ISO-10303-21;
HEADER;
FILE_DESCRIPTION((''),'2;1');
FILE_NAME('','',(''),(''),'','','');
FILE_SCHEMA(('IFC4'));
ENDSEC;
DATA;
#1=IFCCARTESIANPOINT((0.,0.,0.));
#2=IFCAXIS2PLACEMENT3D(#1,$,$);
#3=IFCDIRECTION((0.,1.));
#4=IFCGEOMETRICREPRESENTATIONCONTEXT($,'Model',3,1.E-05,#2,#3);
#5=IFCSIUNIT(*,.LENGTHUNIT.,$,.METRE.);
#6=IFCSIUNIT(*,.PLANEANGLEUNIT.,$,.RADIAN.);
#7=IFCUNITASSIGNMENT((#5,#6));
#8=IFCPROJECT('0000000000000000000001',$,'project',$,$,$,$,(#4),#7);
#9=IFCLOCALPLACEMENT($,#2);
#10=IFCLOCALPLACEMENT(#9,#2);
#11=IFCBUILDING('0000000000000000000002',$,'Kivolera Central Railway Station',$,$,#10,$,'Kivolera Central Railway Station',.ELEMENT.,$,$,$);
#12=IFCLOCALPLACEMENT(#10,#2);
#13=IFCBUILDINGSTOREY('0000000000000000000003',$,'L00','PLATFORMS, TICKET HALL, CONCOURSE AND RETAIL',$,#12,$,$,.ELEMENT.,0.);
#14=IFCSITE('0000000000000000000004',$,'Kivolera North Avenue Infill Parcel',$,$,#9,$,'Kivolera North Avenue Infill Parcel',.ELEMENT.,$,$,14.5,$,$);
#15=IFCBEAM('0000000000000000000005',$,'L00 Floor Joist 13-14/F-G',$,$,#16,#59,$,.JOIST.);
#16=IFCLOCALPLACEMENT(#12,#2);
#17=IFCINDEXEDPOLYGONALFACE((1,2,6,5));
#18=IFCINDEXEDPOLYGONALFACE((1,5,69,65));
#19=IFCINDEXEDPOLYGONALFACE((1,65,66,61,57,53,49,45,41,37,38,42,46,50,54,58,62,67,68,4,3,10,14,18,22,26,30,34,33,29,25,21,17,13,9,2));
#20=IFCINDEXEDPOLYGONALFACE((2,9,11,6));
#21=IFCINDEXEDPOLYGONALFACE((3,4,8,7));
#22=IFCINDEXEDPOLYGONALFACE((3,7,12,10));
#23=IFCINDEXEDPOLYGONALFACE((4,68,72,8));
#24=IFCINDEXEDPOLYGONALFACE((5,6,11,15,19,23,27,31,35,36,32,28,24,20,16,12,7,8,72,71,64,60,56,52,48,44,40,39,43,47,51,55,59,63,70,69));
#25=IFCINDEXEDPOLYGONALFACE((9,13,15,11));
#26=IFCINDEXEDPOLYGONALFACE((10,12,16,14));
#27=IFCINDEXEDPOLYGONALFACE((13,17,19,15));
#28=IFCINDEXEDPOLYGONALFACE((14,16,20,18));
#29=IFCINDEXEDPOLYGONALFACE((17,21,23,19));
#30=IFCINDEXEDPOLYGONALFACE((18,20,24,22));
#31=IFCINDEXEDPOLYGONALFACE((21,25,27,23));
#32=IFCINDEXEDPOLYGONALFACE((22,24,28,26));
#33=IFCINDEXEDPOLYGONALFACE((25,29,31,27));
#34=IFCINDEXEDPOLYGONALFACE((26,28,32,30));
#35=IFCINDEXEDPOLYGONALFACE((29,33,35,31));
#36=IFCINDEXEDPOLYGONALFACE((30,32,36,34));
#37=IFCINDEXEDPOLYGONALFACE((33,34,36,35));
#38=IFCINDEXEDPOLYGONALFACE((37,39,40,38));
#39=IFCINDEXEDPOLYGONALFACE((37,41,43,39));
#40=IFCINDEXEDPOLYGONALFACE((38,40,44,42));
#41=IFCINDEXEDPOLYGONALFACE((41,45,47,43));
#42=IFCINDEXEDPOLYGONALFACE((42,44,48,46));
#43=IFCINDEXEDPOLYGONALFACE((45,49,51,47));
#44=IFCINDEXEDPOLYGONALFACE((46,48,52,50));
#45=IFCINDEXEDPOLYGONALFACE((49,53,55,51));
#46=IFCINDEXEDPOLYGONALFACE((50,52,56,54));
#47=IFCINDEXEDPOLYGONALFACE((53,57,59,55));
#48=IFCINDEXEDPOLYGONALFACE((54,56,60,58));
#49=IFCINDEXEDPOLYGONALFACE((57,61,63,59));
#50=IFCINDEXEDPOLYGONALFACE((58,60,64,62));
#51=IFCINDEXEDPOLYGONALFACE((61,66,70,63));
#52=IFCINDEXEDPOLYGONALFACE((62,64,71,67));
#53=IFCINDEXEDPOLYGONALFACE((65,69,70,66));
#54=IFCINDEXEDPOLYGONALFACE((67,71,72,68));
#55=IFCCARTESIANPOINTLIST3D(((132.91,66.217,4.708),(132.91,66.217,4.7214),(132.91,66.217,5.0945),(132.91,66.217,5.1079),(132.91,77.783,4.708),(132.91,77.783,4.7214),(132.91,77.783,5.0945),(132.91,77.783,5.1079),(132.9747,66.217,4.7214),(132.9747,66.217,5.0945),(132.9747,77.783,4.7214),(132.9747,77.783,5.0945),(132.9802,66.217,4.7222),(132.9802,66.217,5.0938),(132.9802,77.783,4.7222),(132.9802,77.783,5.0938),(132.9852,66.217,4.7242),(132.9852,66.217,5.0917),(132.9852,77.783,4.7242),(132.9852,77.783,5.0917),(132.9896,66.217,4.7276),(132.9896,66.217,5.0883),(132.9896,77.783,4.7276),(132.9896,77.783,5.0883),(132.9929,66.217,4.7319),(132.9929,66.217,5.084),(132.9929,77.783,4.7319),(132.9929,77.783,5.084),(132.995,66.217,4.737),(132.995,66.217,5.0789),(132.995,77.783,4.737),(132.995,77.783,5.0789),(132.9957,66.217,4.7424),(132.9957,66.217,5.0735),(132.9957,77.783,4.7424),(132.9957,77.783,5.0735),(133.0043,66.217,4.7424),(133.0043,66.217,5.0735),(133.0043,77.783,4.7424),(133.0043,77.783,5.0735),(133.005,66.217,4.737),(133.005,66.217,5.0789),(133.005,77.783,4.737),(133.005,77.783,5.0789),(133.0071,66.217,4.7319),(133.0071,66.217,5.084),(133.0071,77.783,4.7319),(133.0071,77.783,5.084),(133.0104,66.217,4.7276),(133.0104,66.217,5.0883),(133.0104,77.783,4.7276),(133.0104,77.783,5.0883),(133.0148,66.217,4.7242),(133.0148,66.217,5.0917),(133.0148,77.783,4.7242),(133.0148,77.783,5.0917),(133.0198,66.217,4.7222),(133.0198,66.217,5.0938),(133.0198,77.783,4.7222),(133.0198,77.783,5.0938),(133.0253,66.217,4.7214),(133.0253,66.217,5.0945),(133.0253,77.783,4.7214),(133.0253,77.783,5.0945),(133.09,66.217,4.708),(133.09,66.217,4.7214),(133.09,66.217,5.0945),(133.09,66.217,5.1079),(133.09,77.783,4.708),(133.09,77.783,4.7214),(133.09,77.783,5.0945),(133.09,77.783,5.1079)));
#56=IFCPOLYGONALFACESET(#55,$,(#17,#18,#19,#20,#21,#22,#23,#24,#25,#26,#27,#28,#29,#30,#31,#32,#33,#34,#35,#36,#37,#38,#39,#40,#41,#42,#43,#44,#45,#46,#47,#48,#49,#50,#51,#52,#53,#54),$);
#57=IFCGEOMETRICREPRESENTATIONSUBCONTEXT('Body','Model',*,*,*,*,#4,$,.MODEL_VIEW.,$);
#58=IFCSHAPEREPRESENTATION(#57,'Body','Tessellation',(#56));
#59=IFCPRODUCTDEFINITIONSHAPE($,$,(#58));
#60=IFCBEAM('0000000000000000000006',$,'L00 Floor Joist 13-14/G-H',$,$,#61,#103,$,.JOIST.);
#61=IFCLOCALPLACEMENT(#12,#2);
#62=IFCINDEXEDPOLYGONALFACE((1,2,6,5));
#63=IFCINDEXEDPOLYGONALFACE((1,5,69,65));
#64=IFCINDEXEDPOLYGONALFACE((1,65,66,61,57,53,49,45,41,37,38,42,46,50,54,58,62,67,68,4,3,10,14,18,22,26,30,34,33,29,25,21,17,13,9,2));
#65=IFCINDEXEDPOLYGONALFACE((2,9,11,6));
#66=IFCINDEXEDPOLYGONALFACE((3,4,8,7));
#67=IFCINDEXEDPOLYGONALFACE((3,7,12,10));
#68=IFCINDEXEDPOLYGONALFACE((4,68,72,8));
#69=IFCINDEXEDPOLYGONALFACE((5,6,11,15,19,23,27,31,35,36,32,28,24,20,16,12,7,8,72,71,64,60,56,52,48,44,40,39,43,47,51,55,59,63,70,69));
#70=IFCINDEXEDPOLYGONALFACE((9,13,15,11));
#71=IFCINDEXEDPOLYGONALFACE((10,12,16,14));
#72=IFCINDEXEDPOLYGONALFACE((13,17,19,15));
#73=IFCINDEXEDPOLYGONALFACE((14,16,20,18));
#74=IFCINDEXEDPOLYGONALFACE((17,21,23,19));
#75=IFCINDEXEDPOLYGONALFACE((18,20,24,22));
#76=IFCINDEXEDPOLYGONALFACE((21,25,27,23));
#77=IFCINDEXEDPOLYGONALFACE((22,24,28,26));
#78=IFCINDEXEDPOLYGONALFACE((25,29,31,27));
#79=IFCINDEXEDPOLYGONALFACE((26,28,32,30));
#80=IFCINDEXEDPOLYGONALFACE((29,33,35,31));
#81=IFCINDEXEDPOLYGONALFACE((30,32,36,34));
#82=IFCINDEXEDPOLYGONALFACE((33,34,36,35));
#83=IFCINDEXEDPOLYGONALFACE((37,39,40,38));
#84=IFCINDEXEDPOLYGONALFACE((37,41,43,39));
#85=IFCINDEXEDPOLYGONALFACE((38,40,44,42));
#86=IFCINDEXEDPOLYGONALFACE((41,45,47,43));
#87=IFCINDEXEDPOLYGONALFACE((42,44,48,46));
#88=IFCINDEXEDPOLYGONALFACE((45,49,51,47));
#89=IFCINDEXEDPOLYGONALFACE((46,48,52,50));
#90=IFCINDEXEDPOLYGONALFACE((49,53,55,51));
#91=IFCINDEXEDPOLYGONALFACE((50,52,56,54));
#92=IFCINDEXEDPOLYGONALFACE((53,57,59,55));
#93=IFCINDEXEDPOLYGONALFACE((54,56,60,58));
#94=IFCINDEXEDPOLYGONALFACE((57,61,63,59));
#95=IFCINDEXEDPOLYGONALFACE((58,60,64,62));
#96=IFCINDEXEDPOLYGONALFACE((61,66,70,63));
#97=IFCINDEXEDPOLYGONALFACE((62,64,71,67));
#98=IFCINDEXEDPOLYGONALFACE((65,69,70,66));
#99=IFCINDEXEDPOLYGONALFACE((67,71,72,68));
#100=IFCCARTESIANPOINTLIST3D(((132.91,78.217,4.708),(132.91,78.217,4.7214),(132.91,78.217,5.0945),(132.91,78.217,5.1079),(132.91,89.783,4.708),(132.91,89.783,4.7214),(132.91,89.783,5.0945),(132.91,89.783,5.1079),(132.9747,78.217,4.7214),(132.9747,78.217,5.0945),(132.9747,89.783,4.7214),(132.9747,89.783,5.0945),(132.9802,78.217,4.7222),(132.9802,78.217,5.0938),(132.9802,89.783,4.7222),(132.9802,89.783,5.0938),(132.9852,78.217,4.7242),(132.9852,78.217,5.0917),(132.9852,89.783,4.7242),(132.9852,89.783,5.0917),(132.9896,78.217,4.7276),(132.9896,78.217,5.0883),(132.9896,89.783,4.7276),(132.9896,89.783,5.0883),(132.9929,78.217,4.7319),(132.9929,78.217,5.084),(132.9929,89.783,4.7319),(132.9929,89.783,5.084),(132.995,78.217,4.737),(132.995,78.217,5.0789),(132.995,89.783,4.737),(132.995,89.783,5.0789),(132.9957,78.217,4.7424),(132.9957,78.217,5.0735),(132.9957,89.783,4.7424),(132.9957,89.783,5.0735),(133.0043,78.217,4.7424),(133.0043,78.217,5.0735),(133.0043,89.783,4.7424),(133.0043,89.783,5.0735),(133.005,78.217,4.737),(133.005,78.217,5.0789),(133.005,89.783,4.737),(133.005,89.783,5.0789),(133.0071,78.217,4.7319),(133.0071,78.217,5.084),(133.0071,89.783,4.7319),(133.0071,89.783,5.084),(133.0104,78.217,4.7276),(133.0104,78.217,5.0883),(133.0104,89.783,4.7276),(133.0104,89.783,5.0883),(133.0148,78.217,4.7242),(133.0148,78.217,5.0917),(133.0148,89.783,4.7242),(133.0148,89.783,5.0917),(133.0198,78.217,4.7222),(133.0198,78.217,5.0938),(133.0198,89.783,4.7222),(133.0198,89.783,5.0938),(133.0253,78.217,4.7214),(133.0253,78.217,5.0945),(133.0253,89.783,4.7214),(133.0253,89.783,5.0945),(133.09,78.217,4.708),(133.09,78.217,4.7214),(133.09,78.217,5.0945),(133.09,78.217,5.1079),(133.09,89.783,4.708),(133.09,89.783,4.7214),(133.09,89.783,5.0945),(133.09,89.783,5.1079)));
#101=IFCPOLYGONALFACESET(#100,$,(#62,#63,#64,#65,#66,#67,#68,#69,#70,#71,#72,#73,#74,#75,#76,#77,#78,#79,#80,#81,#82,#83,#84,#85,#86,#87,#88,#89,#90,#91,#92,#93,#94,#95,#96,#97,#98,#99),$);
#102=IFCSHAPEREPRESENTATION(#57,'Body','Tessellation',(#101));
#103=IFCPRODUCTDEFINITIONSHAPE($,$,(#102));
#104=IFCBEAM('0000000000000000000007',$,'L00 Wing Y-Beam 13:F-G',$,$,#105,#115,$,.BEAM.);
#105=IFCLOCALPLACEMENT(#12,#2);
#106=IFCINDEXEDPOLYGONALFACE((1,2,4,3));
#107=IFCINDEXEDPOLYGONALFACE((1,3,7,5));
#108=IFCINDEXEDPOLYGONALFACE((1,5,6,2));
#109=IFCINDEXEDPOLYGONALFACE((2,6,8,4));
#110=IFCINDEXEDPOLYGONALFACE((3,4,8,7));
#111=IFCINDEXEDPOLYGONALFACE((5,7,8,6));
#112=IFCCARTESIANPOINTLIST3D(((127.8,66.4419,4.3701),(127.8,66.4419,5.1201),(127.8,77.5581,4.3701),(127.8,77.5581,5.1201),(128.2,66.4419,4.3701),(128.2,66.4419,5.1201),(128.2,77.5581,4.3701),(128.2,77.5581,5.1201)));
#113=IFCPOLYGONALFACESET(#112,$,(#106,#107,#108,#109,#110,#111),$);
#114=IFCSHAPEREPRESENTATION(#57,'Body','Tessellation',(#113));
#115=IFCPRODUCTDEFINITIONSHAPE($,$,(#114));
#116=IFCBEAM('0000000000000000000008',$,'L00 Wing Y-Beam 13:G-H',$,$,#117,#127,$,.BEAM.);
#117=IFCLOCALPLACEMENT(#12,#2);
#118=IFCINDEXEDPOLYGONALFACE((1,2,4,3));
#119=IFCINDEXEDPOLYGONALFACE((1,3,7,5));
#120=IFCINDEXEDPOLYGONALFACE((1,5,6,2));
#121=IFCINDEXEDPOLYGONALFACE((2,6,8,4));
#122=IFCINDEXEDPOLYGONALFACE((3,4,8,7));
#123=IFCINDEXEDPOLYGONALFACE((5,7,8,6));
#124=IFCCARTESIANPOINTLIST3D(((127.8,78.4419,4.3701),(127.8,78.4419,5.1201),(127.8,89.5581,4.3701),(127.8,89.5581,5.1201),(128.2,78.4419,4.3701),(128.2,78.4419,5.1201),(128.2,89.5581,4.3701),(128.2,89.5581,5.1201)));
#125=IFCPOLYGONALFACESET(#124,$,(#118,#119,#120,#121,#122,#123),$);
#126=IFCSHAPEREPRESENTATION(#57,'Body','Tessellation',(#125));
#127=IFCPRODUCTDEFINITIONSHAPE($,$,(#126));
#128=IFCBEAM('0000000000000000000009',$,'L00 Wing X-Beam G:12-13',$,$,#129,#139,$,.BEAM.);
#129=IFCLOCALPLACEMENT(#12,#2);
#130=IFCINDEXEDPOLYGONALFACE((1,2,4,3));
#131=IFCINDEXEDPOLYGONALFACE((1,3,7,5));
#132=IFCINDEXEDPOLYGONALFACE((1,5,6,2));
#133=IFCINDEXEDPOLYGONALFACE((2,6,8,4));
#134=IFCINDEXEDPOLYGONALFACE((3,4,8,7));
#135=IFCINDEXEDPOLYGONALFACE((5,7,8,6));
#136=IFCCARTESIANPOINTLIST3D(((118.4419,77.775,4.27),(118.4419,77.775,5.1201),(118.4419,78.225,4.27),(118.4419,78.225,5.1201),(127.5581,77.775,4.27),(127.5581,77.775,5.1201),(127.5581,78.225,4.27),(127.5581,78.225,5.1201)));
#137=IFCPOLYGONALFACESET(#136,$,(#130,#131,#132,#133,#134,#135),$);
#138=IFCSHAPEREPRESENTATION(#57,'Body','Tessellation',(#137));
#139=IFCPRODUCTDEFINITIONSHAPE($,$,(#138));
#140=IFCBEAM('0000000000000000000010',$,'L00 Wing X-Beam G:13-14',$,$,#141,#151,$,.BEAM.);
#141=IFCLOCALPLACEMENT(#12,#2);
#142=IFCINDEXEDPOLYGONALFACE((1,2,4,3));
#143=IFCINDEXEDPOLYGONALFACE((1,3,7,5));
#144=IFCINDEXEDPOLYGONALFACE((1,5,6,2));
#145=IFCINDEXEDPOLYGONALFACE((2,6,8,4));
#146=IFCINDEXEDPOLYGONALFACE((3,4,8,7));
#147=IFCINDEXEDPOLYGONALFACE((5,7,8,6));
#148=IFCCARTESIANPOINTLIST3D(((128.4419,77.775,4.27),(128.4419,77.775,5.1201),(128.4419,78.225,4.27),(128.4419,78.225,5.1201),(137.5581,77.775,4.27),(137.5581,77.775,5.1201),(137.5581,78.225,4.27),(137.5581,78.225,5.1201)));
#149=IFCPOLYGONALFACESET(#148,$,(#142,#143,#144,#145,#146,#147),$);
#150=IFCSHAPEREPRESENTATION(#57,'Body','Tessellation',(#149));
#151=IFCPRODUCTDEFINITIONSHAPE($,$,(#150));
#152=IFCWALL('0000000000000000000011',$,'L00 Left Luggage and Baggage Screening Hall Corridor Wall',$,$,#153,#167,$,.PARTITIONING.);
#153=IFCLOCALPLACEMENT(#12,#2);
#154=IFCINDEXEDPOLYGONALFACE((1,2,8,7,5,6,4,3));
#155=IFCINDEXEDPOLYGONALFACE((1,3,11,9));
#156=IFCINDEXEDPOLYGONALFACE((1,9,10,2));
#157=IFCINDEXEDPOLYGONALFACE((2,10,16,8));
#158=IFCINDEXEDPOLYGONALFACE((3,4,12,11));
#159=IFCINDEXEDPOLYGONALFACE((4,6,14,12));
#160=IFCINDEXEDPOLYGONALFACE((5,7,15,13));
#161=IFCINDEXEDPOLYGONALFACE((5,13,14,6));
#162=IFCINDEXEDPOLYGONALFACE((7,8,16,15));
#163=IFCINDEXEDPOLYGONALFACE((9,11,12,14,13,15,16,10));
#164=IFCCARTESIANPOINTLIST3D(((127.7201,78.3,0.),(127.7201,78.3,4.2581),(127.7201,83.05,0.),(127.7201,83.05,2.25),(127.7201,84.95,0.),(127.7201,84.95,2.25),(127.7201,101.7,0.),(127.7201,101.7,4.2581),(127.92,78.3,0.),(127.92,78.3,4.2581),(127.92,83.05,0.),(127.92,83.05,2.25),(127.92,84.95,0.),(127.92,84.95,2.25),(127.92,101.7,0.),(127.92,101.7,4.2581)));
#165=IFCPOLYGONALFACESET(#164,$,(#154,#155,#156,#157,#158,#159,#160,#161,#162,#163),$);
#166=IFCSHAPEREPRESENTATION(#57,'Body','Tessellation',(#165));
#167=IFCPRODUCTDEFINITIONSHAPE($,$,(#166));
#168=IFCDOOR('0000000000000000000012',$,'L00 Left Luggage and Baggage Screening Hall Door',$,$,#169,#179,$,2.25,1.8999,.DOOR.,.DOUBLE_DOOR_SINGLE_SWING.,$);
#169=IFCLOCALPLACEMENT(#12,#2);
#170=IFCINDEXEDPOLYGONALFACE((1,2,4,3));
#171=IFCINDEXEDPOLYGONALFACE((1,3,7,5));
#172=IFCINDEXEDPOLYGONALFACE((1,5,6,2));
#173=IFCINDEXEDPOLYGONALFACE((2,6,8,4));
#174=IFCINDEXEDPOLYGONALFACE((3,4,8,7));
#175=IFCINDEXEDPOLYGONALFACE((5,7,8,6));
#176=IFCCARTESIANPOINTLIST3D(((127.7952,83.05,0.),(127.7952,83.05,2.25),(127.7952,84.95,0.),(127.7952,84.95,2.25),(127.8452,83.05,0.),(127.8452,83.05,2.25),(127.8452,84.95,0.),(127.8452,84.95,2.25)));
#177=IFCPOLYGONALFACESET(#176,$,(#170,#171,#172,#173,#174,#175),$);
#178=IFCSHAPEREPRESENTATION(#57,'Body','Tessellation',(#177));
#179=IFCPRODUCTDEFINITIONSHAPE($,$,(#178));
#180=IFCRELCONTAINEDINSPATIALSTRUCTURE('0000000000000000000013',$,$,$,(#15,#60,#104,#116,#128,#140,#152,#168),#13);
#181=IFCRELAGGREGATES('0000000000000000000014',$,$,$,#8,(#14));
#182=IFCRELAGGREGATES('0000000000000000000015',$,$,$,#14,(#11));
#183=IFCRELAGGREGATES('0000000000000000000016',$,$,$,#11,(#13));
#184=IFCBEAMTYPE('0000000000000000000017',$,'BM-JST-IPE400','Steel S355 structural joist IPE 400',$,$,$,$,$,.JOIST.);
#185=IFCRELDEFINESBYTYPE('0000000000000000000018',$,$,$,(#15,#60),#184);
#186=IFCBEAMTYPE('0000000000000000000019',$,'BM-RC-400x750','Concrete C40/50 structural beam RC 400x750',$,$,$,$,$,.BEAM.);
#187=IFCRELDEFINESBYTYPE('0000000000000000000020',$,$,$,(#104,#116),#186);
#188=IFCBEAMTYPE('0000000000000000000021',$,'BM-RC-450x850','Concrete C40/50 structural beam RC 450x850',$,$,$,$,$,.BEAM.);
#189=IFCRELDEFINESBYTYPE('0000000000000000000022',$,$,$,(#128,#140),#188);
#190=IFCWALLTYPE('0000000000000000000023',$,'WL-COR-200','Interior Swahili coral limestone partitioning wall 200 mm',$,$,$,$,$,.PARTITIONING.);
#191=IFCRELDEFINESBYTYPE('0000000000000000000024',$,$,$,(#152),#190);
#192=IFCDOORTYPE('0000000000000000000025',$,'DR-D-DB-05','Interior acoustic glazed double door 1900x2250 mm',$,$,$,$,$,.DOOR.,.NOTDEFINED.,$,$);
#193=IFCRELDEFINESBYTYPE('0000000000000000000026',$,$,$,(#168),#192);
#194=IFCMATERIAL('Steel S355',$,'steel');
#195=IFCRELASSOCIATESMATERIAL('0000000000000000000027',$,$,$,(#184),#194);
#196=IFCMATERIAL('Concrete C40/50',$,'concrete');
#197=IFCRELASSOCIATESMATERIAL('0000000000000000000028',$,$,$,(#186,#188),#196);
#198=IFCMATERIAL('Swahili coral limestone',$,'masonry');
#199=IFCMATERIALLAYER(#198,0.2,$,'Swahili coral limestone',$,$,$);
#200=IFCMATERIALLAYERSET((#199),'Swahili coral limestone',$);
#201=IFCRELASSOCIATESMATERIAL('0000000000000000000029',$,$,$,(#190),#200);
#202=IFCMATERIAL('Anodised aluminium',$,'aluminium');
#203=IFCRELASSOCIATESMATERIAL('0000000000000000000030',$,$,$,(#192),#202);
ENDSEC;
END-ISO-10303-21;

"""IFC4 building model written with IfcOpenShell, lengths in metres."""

from ifc_helpers import new_model, si_unit, direction, frame, frame_2d, origin, origin_2d, place, context, subcontext, project, spatial, rectangle, i_section, extrude, material, layer, layer_set, material_profile, profile_set, type_object, element, fill, save


model = new_model("IFC4")

# Units and contexts
model_context = context("Model", 3, precision=1e-05, world=origin(), true_north=direction((0.0, 1.0)))
body_context = subcontext(model_context, "Body", "Model", "MODEL_VIEW")
ifc_project = project(units=[si_unit("LENGTHUNIT", "METRE"), si_unit("PLANEANGLEUNIT", "RADIAN")], contexts=[model_context])

# Site, building, storey
site_placement = place(None, origin())
site = spatial("IfcSite", under=ifc_project, at=site_placement, Name="Kivolera North Avenue Infill Parcel", LongName="Kivolera North Avenue Infill Parcel", CompositionType="ELEMENT", RefElevation=14.5)
building_placement = place(site_placement, origin())
building = spatial("IfcBuilding", under=site, at=building_placement, Name="Kivolera Central Railway Station", LongName="Kivolera Central Railway Station", CompositionType="ELEMENT")
storey_placement = place(building_placement, origin())
storey = spatial("IfcBuildingStorey", under=building, at=storey_placement, Name="L00", Description="PLATFORMS, TICKET HALL, CONCOURSE AND RETAIL", CompositionType="ELEMENT", Elevation=0.0)

# Shared definitions
ifc_material_1 = material(Name="Concrete C40/50", Category="concrete")

# Beams
ifc_material_2 = material(Name="Steel S355", Category="steel")
ifc_material_profile_1 = material_profile(ifc_material_2, i_section(OverallWidth=0.1799, OverallDepth=0.3999, WebThickness=0.0085, FlangeThickness=0.0134, FilletRadius=0.021, at=origin_2d()), Name="IPE 400")
ifc_profile_set_1 = profile_set([ifc_material_profile_1], Name="Steel S355")
beam_type_1 = type_object("IfcBeamType", Name="BM-JST-IPE400", Description="Steel S355 structural joist IPE 400", PredefinedType="JOIST", material=ifc_profile_set_1)
for number, where, z_axis, x_axis, name in (
    (1, (133.0, 66.217, 4.908), (0.0, 1.0, 0.0), (-1.0, 0.0, 0.0), "L00 Floor Joist 13-14/F-G"),
    (2, (133.0, 78.217, 4.908), (0.0, 1.0, 0.0), (-1.0, 0.0, 0.0), "L00 Floor Joist 13-14/G-H"),
):
    element("IfcBeam", number, at=place(storey_placement, frame(where, z_axis=z_axis, x_axis=x_axis)), inside=storey, type_object=beam_type_1, Name=name, PredefinedType="JOIST", context=body_context, shape_type="SweptSolid", body=[
        extrude(i_section(OverallWidth=0.1799, OverallDepth=0.3999, WebThickness=0.0085, FlangeThickness=0.0134, FilletRadius=0.021, at=origin_2d()), origin(), (0.0, 0.0, 1.0), 11.5659),
    ])
ifc_material_profile_2 = material_profile(ifc_material_1, rectangle(XDim=0.3999, YDim=0.75, at=origin_2d()), Name="RC 400x750")
ifc_profile_set_2 = profile_set([ifc_material_profile_2], Name="Concrete C40/50")
beam_type_2 = type_object("IfcBeamType", Name="BM-RC-400x750", Description="Concrete C40/50 structural beam RC 400x750", PredefinedType="BEAM", material=ifc_profile_set_2)
for number, where, z_axis, x_axis, name in (
    (3, (128.0, 66.4419, 4.7451), (0.0, 1.0, 0.0), (-1.0, 0.0, 0.0), "L00 Wing Y-Beam 13:F-G"),
    (4, (128.0, 78.4419, 4.7451), (0.0, 1.0, 0.0), (-1.0, 0.0, 0.0), "L00 Wing Y-Beam 13:G-H"),
):
    element("IfcBeam", number, at=place(storey_placement, frame(where, z_axis=z_axis, x_axis=x_axis)), inside=storey, type_object=beam_type_2, Name=name, PredefinedType="BEAM", context=body_context, shape_type="SweptSolid", body=[
        extrude(rectangle(XDim=0.3999, YDim=0.75, at=origin_2d()), origin(), (0.0, 0.0, 1.0), 11.1162),
    ])
ifc_material_profile_3 = material_profile(ifc_material_1, rectangle(XDim=0.45, YDim=0.8501, at=origin_2d()), Name="RC 450x850")
ifc_profile_set_3 = profile_set([ifc_material_profile_3], Name="Concrete C40/50")
beam_type_3 = type_object("IfcBeamType", Name="BM-RC-450x850", Description="Concrete C40/50 structural beam RC 450x850", PredefinedType="BEAM", material=ifc_profile_set_3)
for number, where, z_axis, x_axis, name in (
    (5, (118.4419, 78.0, 4.6951), (1.0, 0.0, 0.0), (0.0, 1.0, 0.0), "L00 Wing X-Beam G:12-13"),
    (6, (128.4419, 78.0, 4.6951), (1.0, 0.0, 0.0), (0.0, 1.0, 0.0), "L00 Wing X-Beam G:13-14"),
):
    element("IfcBeam", number, at=place(storey_placement, frame(where, z_axis=z_axis, x_axis=x_axis)), inside=storey, type_object=beam_type_3, Name=name, PredefinedType="BEAM", context=body_context, shape_type="SweptSolid", body=[
        extrude(rectangle(XDim=0.45, YDim=0.8501, at=origin_2d()), origin(), (0.0, 0.0, 1.0), 9.1162),
    ])

# Wall, opening, door
ifc_material_3 = material(Name="Swahili coral limestone", Category="masonry")
ifc_layer = layer(ifc_material_3, 0.2, Name="Swahili coral limestone")
ifc_layer_set = layer_set([ifc_layer], Name="Swahili coral limestone")
wall_type = type_object("IfcWallType", Name="WL-COR-200", Description="Interior Swahili coral limestone partitioning wall 200 mm", PredefinedType="PARTITIONING", material=ifc_layer_set)
wall_1_placement = place(storey_placement, frame((127.8201, 78.3, 0.0), z_axis=(0.0, 0.0, 1.0), x_axis=(0.0, 1.0, 0.0)))
wall_1 = element("IfcWall", 7, at=wall_1_placement, inside=storey, type_object=wall_type, Name="L00 Left Luggage and Baggage Screening Hall Corridor Wall", PredefinedType="PARTITIONING", context=body_context, shape_type="SweptSolid", body=[
    extrude(rectangle(XDim=23.3999, YDim=0.2, at=frame_2d((11.7, 0.0))), origin(), (0.0, 0.0, 1.0), 4.2581),
])
opening_1_placement = place(wall_1_placement, frame((4.75, 0.0, 0.0)))
opening_1 = element("IfcOpeningElement", 8, at=opening_1_placement, cuts=wall_1, PredefinedType="OPENING", context=body_context, shape_type="SweptSolid", body=[
    extrude(rectangle(XDim=1.8999, YDim=2.25, at=frame_2d((0.95, 1.125))), frame((0.0, 0.1099, 0.0), z_axis=(0.0, -1.0, 0.0), x_axis=(1.0, 0.0, 0.0)), (0.0, 0.0, 1.0), 0.22),
])
ifc_material_4 = material(Name="Anodised aluminium", Category="aluminium")
door_type_1 = type_object("IfcDoorType", Name="DR-D-DB-05", Description="Interior acoustic glazed double door 1900x2250 mm", OperationType="NOTDEFINED", PredefinedType="DOOR", material=ifc_material_4)
door_1_placement = place(opening_1_placement, origin())
door_1 = element("IfcDoor", 9, at=door_1_placement, inside=storey, type_object=door_type_1, Name="L00 Left Luggage and Baggage Screening Hall Door", OperationType="DOUBLE_DOOR_SINGLE_SWING", OverallHeight=2.25, OverallWidth=1.8999, PredefinedType="DOOR", context=body_context, shape_type="SweptSolid", body=[
    extrude(rectangle(XDim=1.8999, YDim=2.25, at=frame_2d((0.95, 1.125))), frame((0.0, 0.0249, 0.0), z_axis=(0.0, -1.0, 0.0), x_axis=(1.0, 0.0, 0.0)), (0.0, 0.0, 1.0), 0.05),
])
fill(opening_1, door_1)

save(model, "model.ifc")
